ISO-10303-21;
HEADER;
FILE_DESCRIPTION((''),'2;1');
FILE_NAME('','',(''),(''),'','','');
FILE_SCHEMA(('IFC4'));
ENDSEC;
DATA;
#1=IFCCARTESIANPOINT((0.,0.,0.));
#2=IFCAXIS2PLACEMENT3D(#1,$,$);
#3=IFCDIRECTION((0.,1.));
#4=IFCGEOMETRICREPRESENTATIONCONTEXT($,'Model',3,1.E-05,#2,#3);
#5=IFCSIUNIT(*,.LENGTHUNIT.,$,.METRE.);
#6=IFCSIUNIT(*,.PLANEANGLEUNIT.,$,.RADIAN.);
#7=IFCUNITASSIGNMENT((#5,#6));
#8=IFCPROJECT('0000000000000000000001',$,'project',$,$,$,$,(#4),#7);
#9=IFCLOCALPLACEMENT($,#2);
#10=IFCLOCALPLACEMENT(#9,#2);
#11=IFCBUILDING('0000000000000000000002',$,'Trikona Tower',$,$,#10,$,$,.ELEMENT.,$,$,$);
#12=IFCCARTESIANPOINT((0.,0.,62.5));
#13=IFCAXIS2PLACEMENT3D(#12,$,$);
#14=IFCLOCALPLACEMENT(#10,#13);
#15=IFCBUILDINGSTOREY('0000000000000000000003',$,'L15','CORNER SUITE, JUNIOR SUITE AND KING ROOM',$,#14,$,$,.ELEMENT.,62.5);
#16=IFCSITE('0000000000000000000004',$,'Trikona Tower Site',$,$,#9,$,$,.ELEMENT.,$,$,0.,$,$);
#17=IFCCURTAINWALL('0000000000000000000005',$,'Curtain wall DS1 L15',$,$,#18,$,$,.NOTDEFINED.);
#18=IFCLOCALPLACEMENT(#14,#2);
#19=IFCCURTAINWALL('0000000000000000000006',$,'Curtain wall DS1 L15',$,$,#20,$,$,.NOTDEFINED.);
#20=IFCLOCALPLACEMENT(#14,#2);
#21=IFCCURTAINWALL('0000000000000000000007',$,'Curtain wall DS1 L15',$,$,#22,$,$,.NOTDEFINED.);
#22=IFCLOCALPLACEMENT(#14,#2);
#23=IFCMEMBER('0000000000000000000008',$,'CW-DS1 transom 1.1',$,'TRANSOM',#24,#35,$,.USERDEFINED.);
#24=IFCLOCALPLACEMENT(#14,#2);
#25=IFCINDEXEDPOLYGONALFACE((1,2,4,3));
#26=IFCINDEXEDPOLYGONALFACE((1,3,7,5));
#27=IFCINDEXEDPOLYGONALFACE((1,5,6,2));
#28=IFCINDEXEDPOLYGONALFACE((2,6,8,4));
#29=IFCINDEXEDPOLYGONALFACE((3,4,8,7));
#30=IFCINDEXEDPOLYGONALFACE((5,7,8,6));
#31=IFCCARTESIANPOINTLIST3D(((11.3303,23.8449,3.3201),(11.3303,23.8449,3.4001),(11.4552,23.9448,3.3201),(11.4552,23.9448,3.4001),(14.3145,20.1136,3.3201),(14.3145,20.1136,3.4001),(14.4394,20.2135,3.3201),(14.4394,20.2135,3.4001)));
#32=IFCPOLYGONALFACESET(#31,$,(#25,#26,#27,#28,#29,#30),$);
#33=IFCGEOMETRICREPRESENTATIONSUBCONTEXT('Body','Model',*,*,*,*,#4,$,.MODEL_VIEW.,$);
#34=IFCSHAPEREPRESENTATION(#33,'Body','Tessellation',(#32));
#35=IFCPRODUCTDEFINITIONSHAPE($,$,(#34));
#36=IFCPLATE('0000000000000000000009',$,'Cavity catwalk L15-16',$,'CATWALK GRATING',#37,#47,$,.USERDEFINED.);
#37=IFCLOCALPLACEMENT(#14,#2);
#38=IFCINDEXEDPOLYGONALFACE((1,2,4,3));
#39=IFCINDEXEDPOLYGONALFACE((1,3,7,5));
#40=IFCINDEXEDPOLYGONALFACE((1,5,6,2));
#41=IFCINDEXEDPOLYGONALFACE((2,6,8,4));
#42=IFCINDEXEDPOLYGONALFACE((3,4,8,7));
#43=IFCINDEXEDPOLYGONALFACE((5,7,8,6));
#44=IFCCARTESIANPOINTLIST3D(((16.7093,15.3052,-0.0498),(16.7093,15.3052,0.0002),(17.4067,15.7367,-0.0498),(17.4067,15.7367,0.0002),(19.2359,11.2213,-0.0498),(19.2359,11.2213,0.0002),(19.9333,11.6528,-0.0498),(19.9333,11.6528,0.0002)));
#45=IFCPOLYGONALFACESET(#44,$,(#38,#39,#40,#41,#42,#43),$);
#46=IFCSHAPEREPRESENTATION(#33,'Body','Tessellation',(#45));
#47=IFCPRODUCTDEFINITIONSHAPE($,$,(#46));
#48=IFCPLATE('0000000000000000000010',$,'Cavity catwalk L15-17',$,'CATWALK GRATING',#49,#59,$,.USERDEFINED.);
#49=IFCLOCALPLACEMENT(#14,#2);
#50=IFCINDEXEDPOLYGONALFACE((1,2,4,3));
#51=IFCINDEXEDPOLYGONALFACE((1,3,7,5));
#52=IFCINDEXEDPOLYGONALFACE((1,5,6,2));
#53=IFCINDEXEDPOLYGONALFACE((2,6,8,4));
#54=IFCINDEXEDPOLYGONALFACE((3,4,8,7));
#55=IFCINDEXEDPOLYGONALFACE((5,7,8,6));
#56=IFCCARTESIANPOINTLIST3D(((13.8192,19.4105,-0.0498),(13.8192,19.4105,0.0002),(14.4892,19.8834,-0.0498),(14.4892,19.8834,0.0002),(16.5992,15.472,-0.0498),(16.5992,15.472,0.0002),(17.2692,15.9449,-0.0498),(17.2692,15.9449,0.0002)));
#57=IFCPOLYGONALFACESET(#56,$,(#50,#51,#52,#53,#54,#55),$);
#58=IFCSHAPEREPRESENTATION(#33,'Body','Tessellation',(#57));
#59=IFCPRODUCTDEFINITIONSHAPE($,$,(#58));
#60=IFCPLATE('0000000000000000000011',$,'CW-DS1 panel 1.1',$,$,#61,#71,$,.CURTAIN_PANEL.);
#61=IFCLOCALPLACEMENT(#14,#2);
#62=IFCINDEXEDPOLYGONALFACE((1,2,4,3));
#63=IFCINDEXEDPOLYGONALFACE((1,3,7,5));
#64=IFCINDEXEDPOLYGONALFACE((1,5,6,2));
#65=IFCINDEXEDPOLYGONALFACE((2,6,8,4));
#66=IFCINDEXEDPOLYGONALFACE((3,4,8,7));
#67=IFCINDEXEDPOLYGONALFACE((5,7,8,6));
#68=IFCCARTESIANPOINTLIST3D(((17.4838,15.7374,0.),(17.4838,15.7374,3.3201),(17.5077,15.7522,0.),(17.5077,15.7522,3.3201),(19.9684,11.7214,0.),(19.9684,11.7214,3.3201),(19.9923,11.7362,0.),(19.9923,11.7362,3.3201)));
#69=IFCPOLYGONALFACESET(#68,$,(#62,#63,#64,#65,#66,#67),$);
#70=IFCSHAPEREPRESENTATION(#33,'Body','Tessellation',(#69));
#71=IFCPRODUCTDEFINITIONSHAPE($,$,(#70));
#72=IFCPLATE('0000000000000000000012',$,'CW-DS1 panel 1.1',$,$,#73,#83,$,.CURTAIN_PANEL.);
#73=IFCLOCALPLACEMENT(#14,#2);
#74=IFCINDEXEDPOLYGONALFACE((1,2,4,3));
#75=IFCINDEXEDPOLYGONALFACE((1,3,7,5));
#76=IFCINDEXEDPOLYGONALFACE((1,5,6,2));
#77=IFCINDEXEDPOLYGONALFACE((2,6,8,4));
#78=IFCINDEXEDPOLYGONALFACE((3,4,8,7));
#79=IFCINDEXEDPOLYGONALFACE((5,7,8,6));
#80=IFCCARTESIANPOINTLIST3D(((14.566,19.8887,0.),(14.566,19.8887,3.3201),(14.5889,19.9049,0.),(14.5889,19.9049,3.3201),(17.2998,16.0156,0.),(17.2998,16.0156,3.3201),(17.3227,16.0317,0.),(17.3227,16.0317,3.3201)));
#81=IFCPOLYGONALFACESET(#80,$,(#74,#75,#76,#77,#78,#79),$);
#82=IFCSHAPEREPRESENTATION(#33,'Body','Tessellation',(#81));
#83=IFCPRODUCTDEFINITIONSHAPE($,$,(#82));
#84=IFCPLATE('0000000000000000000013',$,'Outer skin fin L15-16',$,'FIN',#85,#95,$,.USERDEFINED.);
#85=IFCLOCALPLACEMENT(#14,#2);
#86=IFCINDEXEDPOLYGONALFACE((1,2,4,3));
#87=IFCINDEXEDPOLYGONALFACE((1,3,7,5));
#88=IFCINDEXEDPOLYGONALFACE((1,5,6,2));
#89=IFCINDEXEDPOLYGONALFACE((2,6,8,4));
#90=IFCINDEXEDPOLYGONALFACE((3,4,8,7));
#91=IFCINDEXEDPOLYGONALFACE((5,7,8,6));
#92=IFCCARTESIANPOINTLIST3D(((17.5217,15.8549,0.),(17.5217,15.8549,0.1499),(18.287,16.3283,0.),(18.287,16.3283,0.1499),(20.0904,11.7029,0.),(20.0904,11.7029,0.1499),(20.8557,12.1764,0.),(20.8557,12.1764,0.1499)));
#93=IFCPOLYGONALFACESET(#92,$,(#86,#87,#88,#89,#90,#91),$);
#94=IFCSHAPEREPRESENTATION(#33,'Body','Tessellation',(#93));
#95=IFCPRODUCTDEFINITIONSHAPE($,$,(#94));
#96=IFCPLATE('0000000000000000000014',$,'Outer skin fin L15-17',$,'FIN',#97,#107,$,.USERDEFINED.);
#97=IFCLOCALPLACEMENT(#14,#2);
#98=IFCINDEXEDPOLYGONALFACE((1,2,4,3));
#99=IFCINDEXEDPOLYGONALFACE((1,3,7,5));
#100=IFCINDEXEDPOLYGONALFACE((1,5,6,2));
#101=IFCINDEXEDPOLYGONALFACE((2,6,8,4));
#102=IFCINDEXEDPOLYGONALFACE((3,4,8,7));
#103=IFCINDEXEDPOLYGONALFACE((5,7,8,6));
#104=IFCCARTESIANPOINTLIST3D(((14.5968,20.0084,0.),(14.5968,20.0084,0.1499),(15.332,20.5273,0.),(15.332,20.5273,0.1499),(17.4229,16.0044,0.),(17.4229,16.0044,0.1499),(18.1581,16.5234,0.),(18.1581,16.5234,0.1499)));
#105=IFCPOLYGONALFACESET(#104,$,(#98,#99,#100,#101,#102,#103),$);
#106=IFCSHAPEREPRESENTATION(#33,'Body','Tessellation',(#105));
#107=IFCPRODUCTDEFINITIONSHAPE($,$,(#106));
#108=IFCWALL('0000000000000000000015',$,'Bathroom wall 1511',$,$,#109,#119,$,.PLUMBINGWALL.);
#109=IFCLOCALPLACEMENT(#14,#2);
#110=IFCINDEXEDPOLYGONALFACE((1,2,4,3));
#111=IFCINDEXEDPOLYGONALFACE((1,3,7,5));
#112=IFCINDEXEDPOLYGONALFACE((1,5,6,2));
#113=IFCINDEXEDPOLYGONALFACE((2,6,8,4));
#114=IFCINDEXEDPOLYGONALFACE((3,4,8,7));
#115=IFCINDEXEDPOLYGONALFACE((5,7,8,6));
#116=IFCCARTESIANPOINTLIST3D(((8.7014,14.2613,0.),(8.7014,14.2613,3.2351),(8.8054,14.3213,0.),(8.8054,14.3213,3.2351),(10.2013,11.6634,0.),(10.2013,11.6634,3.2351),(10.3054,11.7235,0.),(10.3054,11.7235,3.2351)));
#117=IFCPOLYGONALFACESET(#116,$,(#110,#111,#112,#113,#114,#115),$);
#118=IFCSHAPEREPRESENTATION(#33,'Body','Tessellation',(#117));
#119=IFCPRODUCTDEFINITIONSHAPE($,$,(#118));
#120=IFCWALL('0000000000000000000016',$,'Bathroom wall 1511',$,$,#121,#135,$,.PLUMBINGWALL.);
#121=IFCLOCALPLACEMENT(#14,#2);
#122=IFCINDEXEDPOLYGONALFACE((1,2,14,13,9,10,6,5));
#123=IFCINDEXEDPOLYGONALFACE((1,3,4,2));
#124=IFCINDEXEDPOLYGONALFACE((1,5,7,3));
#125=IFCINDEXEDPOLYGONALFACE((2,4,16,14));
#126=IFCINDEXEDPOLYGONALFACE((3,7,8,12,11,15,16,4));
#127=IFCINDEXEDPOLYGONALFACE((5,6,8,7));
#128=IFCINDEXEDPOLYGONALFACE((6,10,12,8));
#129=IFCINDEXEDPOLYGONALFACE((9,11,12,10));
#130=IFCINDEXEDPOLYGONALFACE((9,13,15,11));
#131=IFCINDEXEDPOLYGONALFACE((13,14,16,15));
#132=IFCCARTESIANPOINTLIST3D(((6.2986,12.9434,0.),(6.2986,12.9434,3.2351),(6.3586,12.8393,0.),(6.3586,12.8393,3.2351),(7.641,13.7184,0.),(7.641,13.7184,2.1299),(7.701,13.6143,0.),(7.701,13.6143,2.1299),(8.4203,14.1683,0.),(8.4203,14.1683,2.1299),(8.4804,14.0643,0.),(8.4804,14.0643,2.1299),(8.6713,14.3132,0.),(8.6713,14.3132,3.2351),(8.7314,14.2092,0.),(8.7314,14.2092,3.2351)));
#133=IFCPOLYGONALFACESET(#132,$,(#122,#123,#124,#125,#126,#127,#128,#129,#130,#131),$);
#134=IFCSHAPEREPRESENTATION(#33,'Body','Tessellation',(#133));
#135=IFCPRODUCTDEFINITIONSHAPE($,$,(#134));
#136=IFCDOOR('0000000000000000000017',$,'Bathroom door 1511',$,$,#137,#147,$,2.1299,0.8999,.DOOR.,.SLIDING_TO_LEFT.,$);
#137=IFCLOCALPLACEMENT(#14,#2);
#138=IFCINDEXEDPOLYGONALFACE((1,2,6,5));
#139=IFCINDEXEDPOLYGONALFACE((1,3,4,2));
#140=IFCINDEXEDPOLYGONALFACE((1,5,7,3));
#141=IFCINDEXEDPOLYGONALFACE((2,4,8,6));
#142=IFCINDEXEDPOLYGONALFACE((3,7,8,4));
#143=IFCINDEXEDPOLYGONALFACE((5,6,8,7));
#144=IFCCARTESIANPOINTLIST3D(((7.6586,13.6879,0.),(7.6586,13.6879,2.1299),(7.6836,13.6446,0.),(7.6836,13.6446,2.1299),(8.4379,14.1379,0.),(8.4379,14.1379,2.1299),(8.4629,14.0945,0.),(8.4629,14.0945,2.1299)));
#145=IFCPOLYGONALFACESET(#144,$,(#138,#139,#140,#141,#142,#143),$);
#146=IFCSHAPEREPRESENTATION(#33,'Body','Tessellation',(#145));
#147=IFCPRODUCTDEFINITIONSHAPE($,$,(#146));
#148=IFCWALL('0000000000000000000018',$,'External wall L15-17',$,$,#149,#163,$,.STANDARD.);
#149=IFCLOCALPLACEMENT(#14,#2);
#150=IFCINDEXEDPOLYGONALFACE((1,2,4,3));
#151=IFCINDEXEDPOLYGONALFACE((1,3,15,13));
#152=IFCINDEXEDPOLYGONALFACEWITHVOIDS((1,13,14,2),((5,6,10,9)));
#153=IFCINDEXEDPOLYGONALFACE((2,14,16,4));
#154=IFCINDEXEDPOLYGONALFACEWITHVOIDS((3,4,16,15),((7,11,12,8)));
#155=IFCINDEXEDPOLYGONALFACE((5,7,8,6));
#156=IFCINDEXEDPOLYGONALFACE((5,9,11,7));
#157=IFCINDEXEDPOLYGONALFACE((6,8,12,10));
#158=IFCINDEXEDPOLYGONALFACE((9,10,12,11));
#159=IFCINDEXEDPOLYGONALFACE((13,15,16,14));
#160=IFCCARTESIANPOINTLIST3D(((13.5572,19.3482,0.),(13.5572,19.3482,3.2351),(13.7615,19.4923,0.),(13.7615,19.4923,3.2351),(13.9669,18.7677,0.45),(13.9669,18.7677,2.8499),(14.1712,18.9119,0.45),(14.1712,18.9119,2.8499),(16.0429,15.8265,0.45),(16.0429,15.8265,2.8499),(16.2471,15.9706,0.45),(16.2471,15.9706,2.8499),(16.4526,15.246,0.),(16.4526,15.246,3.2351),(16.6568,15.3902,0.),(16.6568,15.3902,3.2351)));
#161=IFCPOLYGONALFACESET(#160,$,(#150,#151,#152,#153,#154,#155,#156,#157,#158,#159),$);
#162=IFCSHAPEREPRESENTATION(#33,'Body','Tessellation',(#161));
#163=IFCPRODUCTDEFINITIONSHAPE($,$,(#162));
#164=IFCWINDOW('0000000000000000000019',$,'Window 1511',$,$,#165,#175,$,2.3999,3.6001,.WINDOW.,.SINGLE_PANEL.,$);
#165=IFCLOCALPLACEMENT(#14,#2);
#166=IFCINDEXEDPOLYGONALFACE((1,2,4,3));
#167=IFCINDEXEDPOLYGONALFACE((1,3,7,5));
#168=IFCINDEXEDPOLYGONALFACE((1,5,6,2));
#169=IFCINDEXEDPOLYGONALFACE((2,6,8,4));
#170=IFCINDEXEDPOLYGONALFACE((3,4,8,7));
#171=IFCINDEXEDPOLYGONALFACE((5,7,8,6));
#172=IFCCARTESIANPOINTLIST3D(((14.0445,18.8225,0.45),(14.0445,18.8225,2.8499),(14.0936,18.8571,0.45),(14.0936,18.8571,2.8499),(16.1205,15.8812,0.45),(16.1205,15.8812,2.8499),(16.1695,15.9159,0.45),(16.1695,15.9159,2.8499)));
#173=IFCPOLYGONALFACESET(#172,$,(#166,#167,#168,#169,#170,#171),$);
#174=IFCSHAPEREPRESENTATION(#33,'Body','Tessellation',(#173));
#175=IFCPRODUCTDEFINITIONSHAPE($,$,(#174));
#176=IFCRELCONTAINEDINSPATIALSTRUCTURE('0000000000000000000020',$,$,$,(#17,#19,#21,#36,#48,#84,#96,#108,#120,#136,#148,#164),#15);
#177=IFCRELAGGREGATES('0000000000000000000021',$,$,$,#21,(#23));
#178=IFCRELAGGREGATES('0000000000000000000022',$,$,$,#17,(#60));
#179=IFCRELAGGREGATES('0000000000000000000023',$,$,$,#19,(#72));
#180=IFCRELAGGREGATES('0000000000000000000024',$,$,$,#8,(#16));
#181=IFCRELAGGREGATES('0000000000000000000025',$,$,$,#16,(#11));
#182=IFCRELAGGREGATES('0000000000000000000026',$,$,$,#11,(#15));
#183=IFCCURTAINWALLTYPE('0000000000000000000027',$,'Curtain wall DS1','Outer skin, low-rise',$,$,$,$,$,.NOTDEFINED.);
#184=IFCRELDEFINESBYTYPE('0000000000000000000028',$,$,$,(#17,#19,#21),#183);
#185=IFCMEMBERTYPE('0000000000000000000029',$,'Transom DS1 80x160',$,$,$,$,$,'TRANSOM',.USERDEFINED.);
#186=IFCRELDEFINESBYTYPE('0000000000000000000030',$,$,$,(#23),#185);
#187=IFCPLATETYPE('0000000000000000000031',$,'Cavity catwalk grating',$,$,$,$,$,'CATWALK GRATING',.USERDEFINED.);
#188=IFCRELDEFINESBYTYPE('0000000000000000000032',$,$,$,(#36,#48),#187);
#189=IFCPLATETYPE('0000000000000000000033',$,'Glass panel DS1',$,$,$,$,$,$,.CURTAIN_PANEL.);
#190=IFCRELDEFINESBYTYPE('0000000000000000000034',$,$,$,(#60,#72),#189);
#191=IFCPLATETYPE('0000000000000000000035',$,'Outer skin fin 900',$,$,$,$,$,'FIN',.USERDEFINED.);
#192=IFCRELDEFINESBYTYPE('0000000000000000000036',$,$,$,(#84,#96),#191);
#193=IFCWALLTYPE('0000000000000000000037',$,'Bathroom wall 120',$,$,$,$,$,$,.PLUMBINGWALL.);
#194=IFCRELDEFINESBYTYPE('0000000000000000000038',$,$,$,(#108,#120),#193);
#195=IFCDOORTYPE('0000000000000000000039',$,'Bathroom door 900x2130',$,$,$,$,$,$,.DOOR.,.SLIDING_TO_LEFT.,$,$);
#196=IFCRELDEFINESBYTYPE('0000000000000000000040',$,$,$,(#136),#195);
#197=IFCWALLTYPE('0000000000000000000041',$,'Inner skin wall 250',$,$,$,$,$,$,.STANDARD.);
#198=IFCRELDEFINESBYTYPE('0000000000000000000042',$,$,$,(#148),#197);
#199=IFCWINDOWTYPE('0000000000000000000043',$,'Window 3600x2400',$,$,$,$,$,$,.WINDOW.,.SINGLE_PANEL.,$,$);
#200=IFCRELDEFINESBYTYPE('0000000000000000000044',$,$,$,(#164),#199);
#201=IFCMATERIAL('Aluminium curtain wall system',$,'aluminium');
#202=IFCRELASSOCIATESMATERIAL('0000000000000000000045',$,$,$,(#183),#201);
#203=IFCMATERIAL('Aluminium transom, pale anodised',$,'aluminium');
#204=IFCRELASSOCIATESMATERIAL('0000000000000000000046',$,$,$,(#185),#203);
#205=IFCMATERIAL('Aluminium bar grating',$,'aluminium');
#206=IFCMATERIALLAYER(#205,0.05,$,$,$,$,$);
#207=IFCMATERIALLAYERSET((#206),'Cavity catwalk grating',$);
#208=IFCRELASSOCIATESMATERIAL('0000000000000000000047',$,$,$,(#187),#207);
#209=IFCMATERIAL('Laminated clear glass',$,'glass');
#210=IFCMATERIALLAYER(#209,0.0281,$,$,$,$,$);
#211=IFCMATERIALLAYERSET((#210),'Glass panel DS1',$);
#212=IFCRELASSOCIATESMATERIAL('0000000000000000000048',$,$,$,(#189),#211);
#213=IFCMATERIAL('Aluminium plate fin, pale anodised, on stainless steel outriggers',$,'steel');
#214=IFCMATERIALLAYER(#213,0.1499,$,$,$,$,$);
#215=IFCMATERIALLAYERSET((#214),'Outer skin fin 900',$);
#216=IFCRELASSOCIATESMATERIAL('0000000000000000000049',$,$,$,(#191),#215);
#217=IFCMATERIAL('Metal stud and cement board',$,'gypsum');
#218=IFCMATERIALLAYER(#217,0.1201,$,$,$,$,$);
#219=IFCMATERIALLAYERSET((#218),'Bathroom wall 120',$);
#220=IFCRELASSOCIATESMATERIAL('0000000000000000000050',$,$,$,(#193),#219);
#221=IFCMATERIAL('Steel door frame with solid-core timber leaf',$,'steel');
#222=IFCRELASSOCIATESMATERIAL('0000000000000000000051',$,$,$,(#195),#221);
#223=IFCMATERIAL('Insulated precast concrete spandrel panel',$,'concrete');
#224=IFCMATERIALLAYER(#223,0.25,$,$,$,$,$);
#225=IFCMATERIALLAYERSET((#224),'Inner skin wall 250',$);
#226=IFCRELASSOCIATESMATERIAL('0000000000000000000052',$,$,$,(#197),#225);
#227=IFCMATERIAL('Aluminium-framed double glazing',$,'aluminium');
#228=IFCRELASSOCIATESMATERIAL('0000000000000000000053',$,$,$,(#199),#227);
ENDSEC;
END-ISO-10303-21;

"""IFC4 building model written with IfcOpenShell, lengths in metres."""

from ifc_helpers import new_model, si_unit, direction, frame, frame_2d, origin, origin_2d, place, context, subcontext, project, spatial, rectangle, extrude, material, layer, layer_set, material_profile, profile_set, type_object, element, fill, aggregate, save


model = new_model("IFC4")

# Units and contexts
model_context = context("Model", 3, precision=1e-05, world=origin(), true_north=direction((0.0, 1.0)))
body_context = subcontext(model_context, "Body", "Model", "MODEL_VIEW")
ifc_project = project(units=[si_unit("LENGTHUNIT", "METRE"), si_unit("PLANEANGLEUNIT", "RADIAN")], contexts=[model_context])

# Site, building, storey
site_placement = place(None, origin())
site = spatial("IfcSite", under=ifc_project, at=site_placement, Name="Trikona Tower Site", CompositionType="ELEMENT", RefElevation=0.0)
building_placement = place(site_placement, origin())
building = spatial("IfcBuilding", under=site, at=building_placement, Name="Trikona Tower", CompositionType="ELEMENT")
storey_placement = place(building_placement, frame((0.0, 0.0, 62.5)))
storey = spatial("IfcBuildingStorey", under=building, at=storey_placement, Name="L15", Description="CORNER SUITE, JUNIOR SUITE AND KING ROOM", CompositionType="ELEMENT", Elevation=62.5)

# Curtain walls
ifc_material_1 = material(Name="Aluminium curtain wall system", Category="aluminium")
curtain_wall_type = type_object("IfcCurtainWallType", Name="Curtain wall DS1", Description="Outer skin, low-rise", PredefinedType="NOTDEFINED", material=ifc_material_1)
curtain_wall_1_placement = place(storey_placement, origin())
curtain_wall_1 = element("IfcCurtainWall", 1, at=curtain_wall_1_placement, inside=storey, type_object=curtain_wall_type, Name="Curtain wall DS1 L15", PredefinedType="NOTDEFINED")
curtain_wall_2_placement = place(storey_placement, origin())
curtain_wall_2 = element("IfcCurtainWall", 2, at=curtain_wall_2_placement, inside=storey, type_object=curtain_wall_type, Name="Curtain wall DS1 L15", PredefinedType="NOTDEFINED")

# Curtain wall
curtain_wall_3_placement = place(storey_placement, origin())
curtain_wall_3 = element("IfcCurtainWall", 3, at=curtain_wall_3_placement, inside=storey, type_object=curtain_wall_type, Name="Curtain wall DS1 L15", PredefinedType="NOTDEFINED")

# Member
ifc_material_2 = material(Name="Aluminium transom, pale anodised", Category="aluminium")
ifc_material_profile_1 = material_profile(ifc_material_2, rectangle(XDim=0.1599, YDim=0.0801, at=origin_2d()), Name="TRN-DS1")
ifc_profile_set_1 = profile_set([ifc_material_profile_1], Name="Aluminium transom, pale anodised")
member_type_1 = type_object("IfcMemberType", Name="Transom DS1 80x160", ElementType="TRANSOM", PredefinedType="USERDEFINED", material=ifc_profile_set_1)
member_1_placement = place(storey_placement, frame((14.377, 20.1636, 3.3601), z_axis=(-0.624589, 0.780954, 0.0), x_axis=(-0.780954, -0.624589, 0.0)))
member_1 = element("IfcMember", 4, at=member_1_placement, type_object=member_type_1, Name="CW-DS1 transom 1.1", ObjectType="TRANSOM", PredefinedType="USERDEFINED", context=body_context, shape_type="SweptSolid", body=[
    extrude(rectangle(XDim=0.1599, YDim=0.0801, at=origin_2d()), origin(), (0.0, 0.0, 1.0), 4.7778),
])
aggregate(curtain_wall_3, [member_1])

# Plates
ifc_material_3 = material(Name="Aluminium bar grating", Category="aluminium")
ifc_layer_1 = layer(ifc_material_3, 0.05)
ifc_layer_set_1 = layer_set([ifc_layer_1], Name="Cavity catwalk grating")
plate_type_1 = type_object("IfcPlateType", Name="Cavity catwalk grating", ElementType="CATWALK GRATING", PredefinedType="USERDEFINED", material=ifc_layer_set_1)
plate_1_placement = place(storey_placement, frame((18.3213, 13.479, -0.0498), z_axis=(0.0, 0.0, 1.0), x_axis=(-0.526119, 0.850411, 0.0)))
element("IfcPlate", 5, at=plate_1_placement, inside=storey, type_object=plate_type_1, Name="Cavity catwalk L15-16", ObjectType="CATWALK GRATING", PredefinedType="USERDEFINED", context=body_context, shape_type="SweptSolid", body=[
    extrude(rectangle(XDim=4.8022, YDim=0.8201, at=origin_2d()), origin(), (0.0, 0.0, 1.0), 0.05),
])
plate_2_placement = place(storey_placement, frame((15.5442, 17.6777, -0.0498), z_axis=(0.0, 0.0, 1.0), x_axis=(-0.576662, 0.816983, 0.0)))
element("IfcPlate", 6, at=plate_2_placement, inside=storey, type_object=plate_type_1, Name="Cavity catwalk L15-17", ObjectType="CATWALK GRATING", PredefinedType="USERDEFINED", context=body_context, shape_type="SweptSolid", body=[
    extrude(rectangle(XDim=4.8208, YDim=0.8201, at=origin_2d()), origin(), (0.0, 0.0, 1.0), 0.05),
])

# Plates
ifc_material_4 = material(Name="Laminated clear glass", Category="glass")
ifc_layer_2 = layer(ifc_material_4, 0.0281)
ifc_layer_set_2 = layer_set([ifc_layer_2], Name="Glass panel DS1")
plate_type_2 = type_object("IfcPlateType", Name="Glass panel DS1", PredefinedType="CURTAIN_PANEL", material=ifc_layer_set_2)
plate_3_placement = place(storey_placement, frame((18.738, 13.7368, 0.0), z_axis=(0.0, 0.0, 1.0), x_axis=(-0.52612, 0.85041, 0.0)))
plate_3 = element("IfcPlate", 7, at=plate_3_placement, type_object=plate_type_2, Name="CW-DS1 panel 1.1", PredefinedType="CURTAIN_PANEL", context=body_context, shape_type="SweptSolid", body=[
    extrude(rectangle(XDim=4.7224, YDim=0.0281, at=origin_2d()), origin(), (0.0, 0.0, 1.0), 3.3201),
])
aggregate(curtain_wall_1, [plate_3])
plate_4_placement = place(storey_placement, frame((15.9443, 17.9602, 0.0), z_axis=(0.0, 0.0, 1.0), x_axis=(-0.576658, 0.816985, 0.0)))
plate_4 = element("IfcPlate", 8, at=plate_4_placement, type_object=plate_type_2, Name="CW-DS1 panel 1.1", PredefinedType="CURTAIN_PANEL", context=body_context, shape_type="SweptSolid", body=[
    extrude(rectangle(XDim=4.7407, YDim=0.0281, at=origin_2d()), origin(), (0.0, 0.0, 1.0), 3.3201),
])
aggregate(curtain_wall_2, [plate_4])

# Plates
ifc_material_5 = material(Name="Aluminium plate fin, pale anodised, on stainless steel outriggers", Category="steel")
ifc_layer_3 = layer(ifc_material_5, 0.1499)
ifc_layer_set_3 = layer_set([ifc_layer_3], Name="Outer skin fin 900")
plate_type_3 = type_object("IfcPlateType", Name="Outer skin fin 900", ElementType="FIN", PredefinedType="USERDEFINED", material=ifc_layer_set_3)
plate_5_placement = place(storey_placement, frame((19.1887, 14.0156, 0.0), z_axis=(0.0, 0.0, 1.0), x_axis=(-0.526119, 0.850411, 0.0)))
element("IfcPlate", 9, at=plate_5_placement, inside=storey, type_object=plate_type_3, Name="Outer skin fin L15-16", ObjectType="FIN", PredefinedType="USERDEFINED", context=body_context, shape_type="SweptSolid", body=[
    extrude(rectangle(XDim=4.8823, YDim=0.8999, at=origin_2d()), origin(), (0.0, 0.0, 1.0), 0.1499),
])
plate_6_placement = place(storey_placement, frame((16.3774, 18.2659, 0.0), z_axis=(0.0, 0.0, 1.0), x_axis=(-0.576662, 0.816983, 0.0)))
element("IfcPlate", 10, at=plate_6_placement, inside=storey, type_object=plate_type_3, Name="Outer skin fin L15-17", ObjectType="FIN", PredefinedType="USERDEFINED", context=body_context, shape_type="SweptSolid", body=[
    extrude(rectangle(XDim=4.9009, YDim=0.8999, at=origin_2d()), origin(), (0.0, 0.0, 1.0), 0.1499),
])

# Wall
ifc_material_6 = material(Name="Metal stud and cement board", Category="gypsum")
ifc_layer_4 = layer(ifc_material_6, 0.1201)
ifc_layer_set_4 = layer_set([ifc_layer_4], Name="Bathroom wall 120")
wall_type_1 = type_object("IfcWallType", Name="Bathroom wall 120", PredefinedType="PLUMBINGWALL", material=ifc_layer_set_4)
wall_1_placement = place(storey_placement, frame((10.2534, 11.6934, 0.0), z_axis=(0.0, 0.0, 1.0), x_axis=(-0.500025, 0.866011, 0.0)))
element("IfcWall", 11, at=wall_1_placement, inside=storey, type_object=wall_type_1, Name="Bathroom wall 1511", PredefinedType="PLUMBINGWALL", context=body_context, shape_type="SweptSolid", body=[
    extrude(rectangle(XDim=2.9998, YDim=0.1201, at=frame_2d((1.5, 0.0))), origin(), (0.0, 0.0, 1.0), 3.2351),
])

# Wall, opening, door
wall_2_placement = place(storey_placement, frame((6.3286, 12.8914, 0.0), z_axis=(0.0, 0.0, 1.0), x_axis=(0.866036, 0.499982, 0.0)))
wall_2 = element("IfcWall", 12, at=wall_2_placement, inside=storey, type_object=wall_type_1, Name="Bathroom wall 1511", PredefinedType="PLUMBINGWALL", context=body_context, shape_type="SweptSolid", body=[
    extrude(rectangle(XDim=2.7397, YDim=0.1201, at=frame_2d((1.3699, 0.0))), origin(), (0.0, 0.0, 1.0), 3.2351),
])
opening_1_placement = place(wall_2_placement, frame((1.55, 0.0, 0.0)))
opening_1 = element("IfcOpeningElement", 13, at=opening_1_placement, cuts=wall_2, PredefinedType="OPENING", context=body_context, shape_type="SweptSolid", body=[
    extrude(rectangle(XDim=0.8999, YDim=2.1299, at=frame_2d((0.45, 1.0649))), frame((0.0, 0.0701, 0.0), z_axis=(0.0, -1.0, 0.0), x_axis=(1.0, 0.0, 0.0)), (0.0, 0.0, 1.0), 0.1401),
])
ifc_material_7 = material(Name="Steel door frame with solid-core timber leaf", Category="steel")
door_type = type_object("IfcDoorType", Name="Bathroom door 900x2130", OperationType="SLIDING_TO_LEFT", PredefinedType="DOOR", material=ifc_material_7)
door_placement = place(opening_1_placement, origin())
door = element("IfcDoor", 14, at=door_placement, inside=storey, type_object=door_type, Name="Bathroom door 1511", OperationType="SLIDING_TO_LEFT", OverallHeight=2.1299, OverallWidth=0.8999, PredefinedType="DOOR", context=body_context, shape_type="SweptSolid", body=[
    extrude(rectangle(XDim=0.8999, YDim=2.1299, at=frame_2d((0.45, 1.0649))), frame((0.0, 0.0249, 0.0), z_axis=(0.0, -1.0, 0.0), x_axis=(1.0, 0.0, 0.0)), (0.0, 0.0, 1.0), 0.05),
])
fill(opening_1, door)

# Wall, opening, window
ifc_material_8 = material(Name="Insulated precast concrete spandrel panel", Category="concrete")
ifc_layer_5 = layer(ifc_material_8, 0.25)
ifc_layer_set_5 = layer_set([ifc_layer_5], Name="Inner skin wall 250")
wall_type_2 = type_object("IfcWallType", Name="Inner skin wall 250", PredefinedType="STANDARD", material=ifc_layer_set_5)
wall_3_placement = place(storey_placement, frame((16.5547, 15.3181, 0.0), z_axis=(0.0, 0.0, 1.0), x_axis=(-0.576643, 0.816996, 0.0)))
wall_3 = element("IfcWall", 15, at=wall_3_placement, inside=storey, type_object=wall_type_2, Name="External wall L15-17", PredefinedType="STANDARD", context=body_context, shape_type="SweptSolid", body=[
    extrude(rectangle(XDim=5.021, YDim=0.25, at=frame_2d((2.5105, 0.0))), origin(), (0.0, 0.0, 1.0), 3.2351),
])
opening_2_placement = place(wall_3_placement, frame((0.7104, 0.0, 0.45)))
opening_2 = element("IfcOpeningElement", 16, at=opening_2_placement, cuts=wall_3, PredefinedType="OPENING", context=body_context, shape_type="SweptSolid", body=[
    extrude(rectangle(XDim=3.6001, YDim=2.3999, at=frame_2d((1.8, 1.2))), frame((0.0, 0.135, 0.0), z_axis=(0.0, -1.0, 0.0), x_axis=(1.0, 0.0, 0.0)), (0.0, 0.0, 1.0), 0.27),
])
ifc_material_9 = material(Name="Aluminium-framed double glazing", Category="aluminium")
window_type = type_object("IfcWindowType", Name="Window 3600x2400", PartitioningType="SINGLE_PANEL", PredefinedType="WINDOW", material=ifc_material_9)
window_1_placement = place(opening_2_placement, origin())
window_1 = element("IfcWindow", 17, at=window_1_placement, inside=storey, type_object=window_type, Name="Window 1511", OverallHeight=2.3999, OverallWidth=3.6001, PartitioningType="SINGLE_PANEL", PredefinedType="WINDOW", context=body_context, shape_type="SweptSolid", body=[
    extrude(rectangle(XDim=3.6001, YDim=2.3999, at=frame_2d((1.8, 1.2))), frame((0.0, 0.03, 0.0), z_axis=(0.0, -1.0, 0.0), x_axis=(1.0, 0.0, 0.0)), (0.0, 0.0, 1.0), 0.0601),
])
fill(opening_2, window_1)

save(model, "model.ifc")
